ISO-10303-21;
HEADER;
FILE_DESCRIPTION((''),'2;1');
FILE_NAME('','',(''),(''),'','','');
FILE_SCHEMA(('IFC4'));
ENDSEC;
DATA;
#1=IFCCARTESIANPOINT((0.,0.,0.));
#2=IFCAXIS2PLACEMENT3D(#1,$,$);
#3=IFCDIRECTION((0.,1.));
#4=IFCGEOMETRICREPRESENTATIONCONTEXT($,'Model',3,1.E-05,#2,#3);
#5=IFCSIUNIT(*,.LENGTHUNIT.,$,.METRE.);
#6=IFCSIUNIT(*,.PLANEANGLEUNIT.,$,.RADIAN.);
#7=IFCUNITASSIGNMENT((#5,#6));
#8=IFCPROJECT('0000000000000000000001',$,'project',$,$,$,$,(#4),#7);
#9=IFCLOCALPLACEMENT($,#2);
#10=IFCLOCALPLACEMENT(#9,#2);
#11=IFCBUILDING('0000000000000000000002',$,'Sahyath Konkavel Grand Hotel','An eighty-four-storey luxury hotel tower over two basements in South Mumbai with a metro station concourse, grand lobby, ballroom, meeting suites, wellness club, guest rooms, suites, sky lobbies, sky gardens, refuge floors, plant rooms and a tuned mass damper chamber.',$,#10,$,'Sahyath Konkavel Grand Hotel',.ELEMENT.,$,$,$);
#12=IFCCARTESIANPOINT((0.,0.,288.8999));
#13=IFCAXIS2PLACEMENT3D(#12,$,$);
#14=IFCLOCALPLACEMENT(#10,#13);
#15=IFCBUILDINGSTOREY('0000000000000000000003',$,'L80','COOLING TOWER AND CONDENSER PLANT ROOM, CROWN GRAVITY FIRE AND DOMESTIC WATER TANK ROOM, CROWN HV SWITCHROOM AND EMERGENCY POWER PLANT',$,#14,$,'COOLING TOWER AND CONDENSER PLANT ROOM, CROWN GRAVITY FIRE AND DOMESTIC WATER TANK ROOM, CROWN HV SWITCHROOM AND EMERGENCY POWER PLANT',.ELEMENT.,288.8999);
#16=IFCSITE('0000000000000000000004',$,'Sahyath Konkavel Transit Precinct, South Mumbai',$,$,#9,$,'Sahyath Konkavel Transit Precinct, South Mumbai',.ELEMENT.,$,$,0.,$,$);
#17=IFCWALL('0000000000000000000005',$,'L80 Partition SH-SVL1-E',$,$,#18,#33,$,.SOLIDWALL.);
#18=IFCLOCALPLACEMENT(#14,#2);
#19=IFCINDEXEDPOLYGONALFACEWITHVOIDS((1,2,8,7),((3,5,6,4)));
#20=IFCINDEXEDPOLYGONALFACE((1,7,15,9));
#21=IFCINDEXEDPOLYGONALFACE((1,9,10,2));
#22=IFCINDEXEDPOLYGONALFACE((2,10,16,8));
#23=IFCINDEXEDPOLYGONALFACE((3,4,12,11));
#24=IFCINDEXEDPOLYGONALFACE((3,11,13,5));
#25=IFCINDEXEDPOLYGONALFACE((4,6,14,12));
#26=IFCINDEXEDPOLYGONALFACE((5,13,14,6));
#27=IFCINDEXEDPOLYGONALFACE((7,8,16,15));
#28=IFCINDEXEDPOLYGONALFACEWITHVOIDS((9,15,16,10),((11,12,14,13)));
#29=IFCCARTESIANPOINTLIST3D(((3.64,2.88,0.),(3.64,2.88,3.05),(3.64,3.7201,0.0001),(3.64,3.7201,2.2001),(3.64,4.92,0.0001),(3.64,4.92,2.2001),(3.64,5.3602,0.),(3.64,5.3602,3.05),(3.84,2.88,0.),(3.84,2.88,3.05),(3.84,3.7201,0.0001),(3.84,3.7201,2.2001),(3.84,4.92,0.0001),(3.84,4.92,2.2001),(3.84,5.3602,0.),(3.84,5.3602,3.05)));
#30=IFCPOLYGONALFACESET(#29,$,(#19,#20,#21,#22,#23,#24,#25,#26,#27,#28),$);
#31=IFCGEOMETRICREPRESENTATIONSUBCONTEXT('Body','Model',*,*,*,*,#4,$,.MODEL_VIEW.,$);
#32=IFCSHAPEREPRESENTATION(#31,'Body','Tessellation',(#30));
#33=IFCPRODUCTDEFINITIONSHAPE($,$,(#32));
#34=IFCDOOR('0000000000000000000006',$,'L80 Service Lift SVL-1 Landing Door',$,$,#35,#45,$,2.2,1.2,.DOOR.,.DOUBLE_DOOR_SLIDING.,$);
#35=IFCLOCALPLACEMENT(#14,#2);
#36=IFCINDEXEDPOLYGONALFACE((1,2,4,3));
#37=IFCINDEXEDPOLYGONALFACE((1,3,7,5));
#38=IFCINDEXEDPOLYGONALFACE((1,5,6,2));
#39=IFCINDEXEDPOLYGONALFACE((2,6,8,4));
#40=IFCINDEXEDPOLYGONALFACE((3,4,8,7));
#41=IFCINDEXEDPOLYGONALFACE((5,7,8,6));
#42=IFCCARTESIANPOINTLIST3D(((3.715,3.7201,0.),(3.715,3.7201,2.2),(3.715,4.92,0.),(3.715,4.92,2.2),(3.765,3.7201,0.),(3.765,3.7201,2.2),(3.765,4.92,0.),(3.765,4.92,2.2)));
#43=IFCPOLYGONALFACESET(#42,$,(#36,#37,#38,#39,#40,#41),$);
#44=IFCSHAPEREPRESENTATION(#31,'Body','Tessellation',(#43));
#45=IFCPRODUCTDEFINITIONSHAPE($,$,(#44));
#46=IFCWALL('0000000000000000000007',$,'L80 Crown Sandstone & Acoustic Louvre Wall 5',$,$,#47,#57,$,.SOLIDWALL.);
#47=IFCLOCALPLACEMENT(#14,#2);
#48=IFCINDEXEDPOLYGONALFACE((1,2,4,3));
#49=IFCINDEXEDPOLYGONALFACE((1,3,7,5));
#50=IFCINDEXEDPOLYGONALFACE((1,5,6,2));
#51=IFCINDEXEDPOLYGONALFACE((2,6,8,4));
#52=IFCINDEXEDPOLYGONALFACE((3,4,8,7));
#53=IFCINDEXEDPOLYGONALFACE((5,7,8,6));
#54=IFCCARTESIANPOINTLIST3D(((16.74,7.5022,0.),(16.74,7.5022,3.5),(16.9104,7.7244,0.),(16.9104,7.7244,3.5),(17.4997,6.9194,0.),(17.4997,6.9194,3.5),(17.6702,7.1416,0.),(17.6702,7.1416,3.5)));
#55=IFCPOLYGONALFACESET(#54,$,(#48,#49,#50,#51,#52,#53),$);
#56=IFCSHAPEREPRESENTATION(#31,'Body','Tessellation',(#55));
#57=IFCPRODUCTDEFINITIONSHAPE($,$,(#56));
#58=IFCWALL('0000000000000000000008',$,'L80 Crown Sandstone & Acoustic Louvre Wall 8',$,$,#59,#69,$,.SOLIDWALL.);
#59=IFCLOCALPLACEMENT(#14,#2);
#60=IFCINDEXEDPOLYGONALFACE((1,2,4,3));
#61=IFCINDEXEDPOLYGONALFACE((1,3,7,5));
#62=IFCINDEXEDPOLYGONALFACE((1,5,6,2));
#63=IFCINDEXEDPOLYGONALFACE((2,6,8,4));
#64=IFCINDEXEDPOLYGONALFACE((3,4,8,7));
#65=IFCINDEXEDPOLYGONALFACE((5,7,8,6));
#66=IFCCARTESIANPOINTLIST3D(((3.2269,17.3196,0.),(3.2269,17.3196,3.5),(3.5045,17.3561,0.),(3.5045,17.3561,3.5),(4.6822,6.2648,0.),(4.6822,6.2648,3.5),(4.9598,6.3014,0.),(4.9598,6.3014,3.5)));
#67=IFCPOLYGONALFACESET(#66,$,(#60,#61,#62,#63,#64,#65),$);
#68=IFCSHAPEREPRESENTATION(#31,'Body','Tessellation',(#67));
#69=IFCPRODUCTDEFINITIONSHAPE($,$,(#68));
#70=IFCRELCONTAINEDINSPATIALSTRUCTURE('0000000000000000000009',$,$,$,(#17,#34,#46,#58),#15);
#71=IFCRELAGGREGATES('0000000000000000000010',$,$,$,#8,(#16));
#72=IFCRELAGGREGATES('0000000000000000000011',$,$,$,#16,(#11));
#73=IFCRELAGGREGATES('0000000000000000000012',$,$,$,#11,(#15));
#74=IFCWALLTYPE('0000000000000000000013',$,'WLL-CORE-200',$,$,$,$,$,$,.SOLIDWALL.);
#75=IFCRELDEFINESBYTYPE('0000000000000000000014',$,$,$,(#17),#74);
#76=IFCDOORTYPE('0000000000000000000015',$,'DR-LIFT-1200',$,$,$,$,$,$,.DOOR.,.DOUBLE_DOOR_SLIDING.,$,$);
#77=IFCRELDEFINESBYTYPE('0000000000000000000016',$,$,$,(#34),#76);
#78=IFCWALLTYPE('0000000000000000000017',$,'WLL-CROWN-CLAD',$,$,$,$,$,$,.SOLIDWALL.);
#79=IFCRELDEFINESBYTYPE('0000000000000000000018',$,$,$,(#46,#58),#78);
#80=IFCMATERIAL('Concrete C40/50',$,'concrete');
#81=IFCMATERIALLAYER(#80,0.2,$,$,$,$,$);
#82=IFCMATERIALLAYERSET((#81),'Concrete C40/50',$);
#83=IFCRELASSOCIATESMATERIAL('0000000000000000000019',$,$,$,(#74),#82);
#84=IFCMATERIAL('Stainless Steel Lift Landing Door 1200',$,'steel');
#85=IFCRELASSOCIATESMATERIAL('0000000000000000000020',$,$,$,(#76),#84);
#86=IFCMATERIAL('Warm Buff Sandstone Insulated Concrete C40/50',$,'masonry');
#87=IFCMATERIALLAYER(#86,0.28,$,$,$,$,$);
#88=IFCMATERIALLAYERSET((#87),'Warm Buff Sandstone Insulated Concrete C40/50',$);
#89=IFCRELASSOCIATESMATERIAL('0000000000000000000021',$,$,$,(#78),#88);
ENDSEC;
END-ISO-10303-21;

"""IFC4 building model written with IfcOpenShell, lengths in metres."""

from ifc_helpers import new_model, si_unit, direction, frame, frame_2d, origin, origin_2d, place, context, subcontext, project, spatial, rectangle, extrude, source, transform, mapped, material, layer, layer_set, type_object, element, fill, save


model = new_model("IFC4")

# Units and contexts
model_context = context("Model", 3, precision=1e-05, world=origin(), true_north=direction((0.0, 1.0)))
body_context = subcontext(model_context, "Body", "Model", "MODEL_VIEW")
ifc_project = project(units=[si_unit("LENGTHUNIT", "METRE"), si_unit("PLANEANGLEUNIT", "RADIAN")], contexts=[model_context])

# Site, building, storey
site_placement = place(None, origin())
site = spatial("IfcSite", under=ifc_project, at=site_placement, Name="Sahyath Konkavel Transit Precinct, South Mumbai", LongName="Sahyath Konkavel Transit Precinct, South Mumbai", CompositionType="ELEMENT", RefElevation=0.0)
building_placement = place(site_placement, origin())
building = spatial("IfcBuilding", under=site, at=building_placement, Name="Sahyath Konkavel Grand Hotel", Description="An eighty-four-storey luxury hotel tower over two basements in South Mumbai with a metro station concourse, grand lobby, ballroom, meeting suites, wellness club, guest rooms, suites, sky lobbies, sky gardens, refuge floors, plant rooms and a tuned mass damper chamber.", LongName="Sahyath Konkavel Grand Hotel", CompositionType="ELEMENT")
storey_placement = place(building_placement, frame((0.0, 0.0, 288.8999)))
storey = spatial("IfcBuildingStorey", under=building, at=storey_placement, Name="L80", Description="COOLING TOWER AND CONDENSER PLANT ROOM, CROWN GRAVITY FIRE AND DOMESTIC WATER TANK ROOM, CROWN HV SWITCHROOM AND EMERGENCY POWER PLANT", LongName="COOLING TOWER AND CONDENSER PLANT ROOM, CROWN GRAVITY FIRE AND DOMESTIC WATER TANK ROOM, CROWN HV SWITCHROOM AND EMERGENCY POWER PLANT", CompositionType="ELEMENT", Elevation=288.8999)

# Shared definitions
ifc_material_1 = material(Name="Concrete C40/50", Category="concrete")

# Shared definitions
ifc_layer_1 = layer(ifc_material_1, 0.2)
ifc_layer_set_1 = layer_set([ifc_layer_1], Name="Concrete C40/50")
wall_type_1 = type_object("IfcWallType", Name="WLL-CORE-200", PredefinedType="SOLIDWALL", material=ifc_layer_set_1)

# Wall, opening, door
wall_1_placement = place(storey_placement, frame((3.74, 2.8799, 0.0), z_axis=(0.0, 0.0, 1.0), x_axis=(0.0, 1.0, 0.0)))
wall_1 = element("IfcWall", 1, at=wall_1_placement, inside=storey, type_object=wall_type_1, Name="L80 Partition SH-SVL1-E", PredefinedType="SOLIDWALL", context=body_context, shape_type="SweptSolid", body=[
    extrude(rectangle(XDim=2.4802, YDim=0.2, at=frame_2d((1.2402, 0.0))), origin(), (0.0, 0.0, 1.0), 3.05),
])
opening_1_placement = place(wall_1_placement, frame((0.8401, 0.0, 0.0)))
opening_1 = element("IfcOpeningElement", 2, at=opening_1_placement, cuts=wall_1, PredefinedType="OPENING", context=body_context, shape_type="SweptSolid", body=[
    extrude(rectangle(XDim=1.2, YDim=2.2, at=frame_2d((0.6001, 1.1001))), frame((0.0, 0.1099, 0.0), z_axis=(0.0, -1.0, 0.0), x_axis=(1.0, 0.0, 0.0)), (0.0, 0.0, 1.0), 0.22),
])
ifc_material_2 = material(Name="Stainless Steel Lift Landing Door 1200", Category="steel")
door_type_1 = type_object("IfcDoorType", Name="DR-LIFT-1200", OperationType="DOUBLE_DOOR_SLIDING", PredefinedType="DOOR", material=ifc_material_2)
shared_shape_1 = source(origin(), body_context, "Body", "SweptSolid", [
    extrude(rectangle(XDim=1.2, YDim=0.05, at=origin_2d()), origin(), (0.0, 0.0, 1.0), 2.2),
])
door_1_placement = place(opening_1_placement, frame((0.6001, 0.0, 0.0)))
door_1 = element("IfcDoor", 3, at=door_1_placement, inside=storey, type_object=door_type_1, Name="L80 Service Lift SVL-1 Landing Door", OperationType="DOUBLE_DOOR_SLIDING", OverallHeight=2.2, OverallWidth=1.2, PredefinedType="DOOR", context=body_context, shape_type="MappedRepresentation", body=[
    mapped(shared_shape_1, transform((0.0, 0.0, 0.0), scale=1.0)),
])
fill(opening_1, door_1)

# Walls
ifc_material_3 = material(Name="Warm Buff Sandstone Insulated Concrete C40/50", Category="masonry")
ifc_layer_2 = layer(ifc_material_3, 0.28)
ifc_layer_set_2 = layer_set([ifc_layer_2], Name="Warm Buff Sandstone Insulated Concrete C40/50")
wall_type_2 = type_object("IfcWallType", Name="WLL-CROWN-CLAD", PredefinedType="SOLIDWALL", material=ifc_layer_set_2)
wall_2_placement = place(storey_placement, frame((17.585, 7.0305, 0.0), z_axis=(0.0, 0.0, 1.0), x_axis=(-0.793467, 0.608614, 0.0)))
element("IfcWall", 4, at=wall_2_placement, inside=storey, type_object=wall_type_2, Name="L80 Crown Sandstone & Acoustic Louvre Wall 5", PredefinedType="SOLIDWALL", context=body_context, shape_type="SweptSolid", body=[
    extrude(rectangle(XDim=0.9575, YDim=0.28, at=frame_2d((0.4788, 0.0))), origin(), (0.0, 0.0, 1.0), 3.5),
])
wall_3_placement = place(storey_placement, frame((4.821, 6.283, 0.0), z_axis=(0.0, 0.0, 1.0), x_axis=(-0.130521, 0.991445, 0.0)))
element("IfcWall", 5, at=wall_3_placement, inside=storey, type_object=wall_type_2, Name="L80 Crown Sandstone & Acoustic Louvre Wall 8", PredefinedType="SOLIDWALL", context=body_context, shape_type="SweptSolid", body=[
    extrude(rectangle(XDim=11.1501, YDim=0.28, at=frame_2d((5.5752, 0.0))), origin(), (0.0, 0.0, 1.0), 3.5),
])

save(model, "model.ifc")
